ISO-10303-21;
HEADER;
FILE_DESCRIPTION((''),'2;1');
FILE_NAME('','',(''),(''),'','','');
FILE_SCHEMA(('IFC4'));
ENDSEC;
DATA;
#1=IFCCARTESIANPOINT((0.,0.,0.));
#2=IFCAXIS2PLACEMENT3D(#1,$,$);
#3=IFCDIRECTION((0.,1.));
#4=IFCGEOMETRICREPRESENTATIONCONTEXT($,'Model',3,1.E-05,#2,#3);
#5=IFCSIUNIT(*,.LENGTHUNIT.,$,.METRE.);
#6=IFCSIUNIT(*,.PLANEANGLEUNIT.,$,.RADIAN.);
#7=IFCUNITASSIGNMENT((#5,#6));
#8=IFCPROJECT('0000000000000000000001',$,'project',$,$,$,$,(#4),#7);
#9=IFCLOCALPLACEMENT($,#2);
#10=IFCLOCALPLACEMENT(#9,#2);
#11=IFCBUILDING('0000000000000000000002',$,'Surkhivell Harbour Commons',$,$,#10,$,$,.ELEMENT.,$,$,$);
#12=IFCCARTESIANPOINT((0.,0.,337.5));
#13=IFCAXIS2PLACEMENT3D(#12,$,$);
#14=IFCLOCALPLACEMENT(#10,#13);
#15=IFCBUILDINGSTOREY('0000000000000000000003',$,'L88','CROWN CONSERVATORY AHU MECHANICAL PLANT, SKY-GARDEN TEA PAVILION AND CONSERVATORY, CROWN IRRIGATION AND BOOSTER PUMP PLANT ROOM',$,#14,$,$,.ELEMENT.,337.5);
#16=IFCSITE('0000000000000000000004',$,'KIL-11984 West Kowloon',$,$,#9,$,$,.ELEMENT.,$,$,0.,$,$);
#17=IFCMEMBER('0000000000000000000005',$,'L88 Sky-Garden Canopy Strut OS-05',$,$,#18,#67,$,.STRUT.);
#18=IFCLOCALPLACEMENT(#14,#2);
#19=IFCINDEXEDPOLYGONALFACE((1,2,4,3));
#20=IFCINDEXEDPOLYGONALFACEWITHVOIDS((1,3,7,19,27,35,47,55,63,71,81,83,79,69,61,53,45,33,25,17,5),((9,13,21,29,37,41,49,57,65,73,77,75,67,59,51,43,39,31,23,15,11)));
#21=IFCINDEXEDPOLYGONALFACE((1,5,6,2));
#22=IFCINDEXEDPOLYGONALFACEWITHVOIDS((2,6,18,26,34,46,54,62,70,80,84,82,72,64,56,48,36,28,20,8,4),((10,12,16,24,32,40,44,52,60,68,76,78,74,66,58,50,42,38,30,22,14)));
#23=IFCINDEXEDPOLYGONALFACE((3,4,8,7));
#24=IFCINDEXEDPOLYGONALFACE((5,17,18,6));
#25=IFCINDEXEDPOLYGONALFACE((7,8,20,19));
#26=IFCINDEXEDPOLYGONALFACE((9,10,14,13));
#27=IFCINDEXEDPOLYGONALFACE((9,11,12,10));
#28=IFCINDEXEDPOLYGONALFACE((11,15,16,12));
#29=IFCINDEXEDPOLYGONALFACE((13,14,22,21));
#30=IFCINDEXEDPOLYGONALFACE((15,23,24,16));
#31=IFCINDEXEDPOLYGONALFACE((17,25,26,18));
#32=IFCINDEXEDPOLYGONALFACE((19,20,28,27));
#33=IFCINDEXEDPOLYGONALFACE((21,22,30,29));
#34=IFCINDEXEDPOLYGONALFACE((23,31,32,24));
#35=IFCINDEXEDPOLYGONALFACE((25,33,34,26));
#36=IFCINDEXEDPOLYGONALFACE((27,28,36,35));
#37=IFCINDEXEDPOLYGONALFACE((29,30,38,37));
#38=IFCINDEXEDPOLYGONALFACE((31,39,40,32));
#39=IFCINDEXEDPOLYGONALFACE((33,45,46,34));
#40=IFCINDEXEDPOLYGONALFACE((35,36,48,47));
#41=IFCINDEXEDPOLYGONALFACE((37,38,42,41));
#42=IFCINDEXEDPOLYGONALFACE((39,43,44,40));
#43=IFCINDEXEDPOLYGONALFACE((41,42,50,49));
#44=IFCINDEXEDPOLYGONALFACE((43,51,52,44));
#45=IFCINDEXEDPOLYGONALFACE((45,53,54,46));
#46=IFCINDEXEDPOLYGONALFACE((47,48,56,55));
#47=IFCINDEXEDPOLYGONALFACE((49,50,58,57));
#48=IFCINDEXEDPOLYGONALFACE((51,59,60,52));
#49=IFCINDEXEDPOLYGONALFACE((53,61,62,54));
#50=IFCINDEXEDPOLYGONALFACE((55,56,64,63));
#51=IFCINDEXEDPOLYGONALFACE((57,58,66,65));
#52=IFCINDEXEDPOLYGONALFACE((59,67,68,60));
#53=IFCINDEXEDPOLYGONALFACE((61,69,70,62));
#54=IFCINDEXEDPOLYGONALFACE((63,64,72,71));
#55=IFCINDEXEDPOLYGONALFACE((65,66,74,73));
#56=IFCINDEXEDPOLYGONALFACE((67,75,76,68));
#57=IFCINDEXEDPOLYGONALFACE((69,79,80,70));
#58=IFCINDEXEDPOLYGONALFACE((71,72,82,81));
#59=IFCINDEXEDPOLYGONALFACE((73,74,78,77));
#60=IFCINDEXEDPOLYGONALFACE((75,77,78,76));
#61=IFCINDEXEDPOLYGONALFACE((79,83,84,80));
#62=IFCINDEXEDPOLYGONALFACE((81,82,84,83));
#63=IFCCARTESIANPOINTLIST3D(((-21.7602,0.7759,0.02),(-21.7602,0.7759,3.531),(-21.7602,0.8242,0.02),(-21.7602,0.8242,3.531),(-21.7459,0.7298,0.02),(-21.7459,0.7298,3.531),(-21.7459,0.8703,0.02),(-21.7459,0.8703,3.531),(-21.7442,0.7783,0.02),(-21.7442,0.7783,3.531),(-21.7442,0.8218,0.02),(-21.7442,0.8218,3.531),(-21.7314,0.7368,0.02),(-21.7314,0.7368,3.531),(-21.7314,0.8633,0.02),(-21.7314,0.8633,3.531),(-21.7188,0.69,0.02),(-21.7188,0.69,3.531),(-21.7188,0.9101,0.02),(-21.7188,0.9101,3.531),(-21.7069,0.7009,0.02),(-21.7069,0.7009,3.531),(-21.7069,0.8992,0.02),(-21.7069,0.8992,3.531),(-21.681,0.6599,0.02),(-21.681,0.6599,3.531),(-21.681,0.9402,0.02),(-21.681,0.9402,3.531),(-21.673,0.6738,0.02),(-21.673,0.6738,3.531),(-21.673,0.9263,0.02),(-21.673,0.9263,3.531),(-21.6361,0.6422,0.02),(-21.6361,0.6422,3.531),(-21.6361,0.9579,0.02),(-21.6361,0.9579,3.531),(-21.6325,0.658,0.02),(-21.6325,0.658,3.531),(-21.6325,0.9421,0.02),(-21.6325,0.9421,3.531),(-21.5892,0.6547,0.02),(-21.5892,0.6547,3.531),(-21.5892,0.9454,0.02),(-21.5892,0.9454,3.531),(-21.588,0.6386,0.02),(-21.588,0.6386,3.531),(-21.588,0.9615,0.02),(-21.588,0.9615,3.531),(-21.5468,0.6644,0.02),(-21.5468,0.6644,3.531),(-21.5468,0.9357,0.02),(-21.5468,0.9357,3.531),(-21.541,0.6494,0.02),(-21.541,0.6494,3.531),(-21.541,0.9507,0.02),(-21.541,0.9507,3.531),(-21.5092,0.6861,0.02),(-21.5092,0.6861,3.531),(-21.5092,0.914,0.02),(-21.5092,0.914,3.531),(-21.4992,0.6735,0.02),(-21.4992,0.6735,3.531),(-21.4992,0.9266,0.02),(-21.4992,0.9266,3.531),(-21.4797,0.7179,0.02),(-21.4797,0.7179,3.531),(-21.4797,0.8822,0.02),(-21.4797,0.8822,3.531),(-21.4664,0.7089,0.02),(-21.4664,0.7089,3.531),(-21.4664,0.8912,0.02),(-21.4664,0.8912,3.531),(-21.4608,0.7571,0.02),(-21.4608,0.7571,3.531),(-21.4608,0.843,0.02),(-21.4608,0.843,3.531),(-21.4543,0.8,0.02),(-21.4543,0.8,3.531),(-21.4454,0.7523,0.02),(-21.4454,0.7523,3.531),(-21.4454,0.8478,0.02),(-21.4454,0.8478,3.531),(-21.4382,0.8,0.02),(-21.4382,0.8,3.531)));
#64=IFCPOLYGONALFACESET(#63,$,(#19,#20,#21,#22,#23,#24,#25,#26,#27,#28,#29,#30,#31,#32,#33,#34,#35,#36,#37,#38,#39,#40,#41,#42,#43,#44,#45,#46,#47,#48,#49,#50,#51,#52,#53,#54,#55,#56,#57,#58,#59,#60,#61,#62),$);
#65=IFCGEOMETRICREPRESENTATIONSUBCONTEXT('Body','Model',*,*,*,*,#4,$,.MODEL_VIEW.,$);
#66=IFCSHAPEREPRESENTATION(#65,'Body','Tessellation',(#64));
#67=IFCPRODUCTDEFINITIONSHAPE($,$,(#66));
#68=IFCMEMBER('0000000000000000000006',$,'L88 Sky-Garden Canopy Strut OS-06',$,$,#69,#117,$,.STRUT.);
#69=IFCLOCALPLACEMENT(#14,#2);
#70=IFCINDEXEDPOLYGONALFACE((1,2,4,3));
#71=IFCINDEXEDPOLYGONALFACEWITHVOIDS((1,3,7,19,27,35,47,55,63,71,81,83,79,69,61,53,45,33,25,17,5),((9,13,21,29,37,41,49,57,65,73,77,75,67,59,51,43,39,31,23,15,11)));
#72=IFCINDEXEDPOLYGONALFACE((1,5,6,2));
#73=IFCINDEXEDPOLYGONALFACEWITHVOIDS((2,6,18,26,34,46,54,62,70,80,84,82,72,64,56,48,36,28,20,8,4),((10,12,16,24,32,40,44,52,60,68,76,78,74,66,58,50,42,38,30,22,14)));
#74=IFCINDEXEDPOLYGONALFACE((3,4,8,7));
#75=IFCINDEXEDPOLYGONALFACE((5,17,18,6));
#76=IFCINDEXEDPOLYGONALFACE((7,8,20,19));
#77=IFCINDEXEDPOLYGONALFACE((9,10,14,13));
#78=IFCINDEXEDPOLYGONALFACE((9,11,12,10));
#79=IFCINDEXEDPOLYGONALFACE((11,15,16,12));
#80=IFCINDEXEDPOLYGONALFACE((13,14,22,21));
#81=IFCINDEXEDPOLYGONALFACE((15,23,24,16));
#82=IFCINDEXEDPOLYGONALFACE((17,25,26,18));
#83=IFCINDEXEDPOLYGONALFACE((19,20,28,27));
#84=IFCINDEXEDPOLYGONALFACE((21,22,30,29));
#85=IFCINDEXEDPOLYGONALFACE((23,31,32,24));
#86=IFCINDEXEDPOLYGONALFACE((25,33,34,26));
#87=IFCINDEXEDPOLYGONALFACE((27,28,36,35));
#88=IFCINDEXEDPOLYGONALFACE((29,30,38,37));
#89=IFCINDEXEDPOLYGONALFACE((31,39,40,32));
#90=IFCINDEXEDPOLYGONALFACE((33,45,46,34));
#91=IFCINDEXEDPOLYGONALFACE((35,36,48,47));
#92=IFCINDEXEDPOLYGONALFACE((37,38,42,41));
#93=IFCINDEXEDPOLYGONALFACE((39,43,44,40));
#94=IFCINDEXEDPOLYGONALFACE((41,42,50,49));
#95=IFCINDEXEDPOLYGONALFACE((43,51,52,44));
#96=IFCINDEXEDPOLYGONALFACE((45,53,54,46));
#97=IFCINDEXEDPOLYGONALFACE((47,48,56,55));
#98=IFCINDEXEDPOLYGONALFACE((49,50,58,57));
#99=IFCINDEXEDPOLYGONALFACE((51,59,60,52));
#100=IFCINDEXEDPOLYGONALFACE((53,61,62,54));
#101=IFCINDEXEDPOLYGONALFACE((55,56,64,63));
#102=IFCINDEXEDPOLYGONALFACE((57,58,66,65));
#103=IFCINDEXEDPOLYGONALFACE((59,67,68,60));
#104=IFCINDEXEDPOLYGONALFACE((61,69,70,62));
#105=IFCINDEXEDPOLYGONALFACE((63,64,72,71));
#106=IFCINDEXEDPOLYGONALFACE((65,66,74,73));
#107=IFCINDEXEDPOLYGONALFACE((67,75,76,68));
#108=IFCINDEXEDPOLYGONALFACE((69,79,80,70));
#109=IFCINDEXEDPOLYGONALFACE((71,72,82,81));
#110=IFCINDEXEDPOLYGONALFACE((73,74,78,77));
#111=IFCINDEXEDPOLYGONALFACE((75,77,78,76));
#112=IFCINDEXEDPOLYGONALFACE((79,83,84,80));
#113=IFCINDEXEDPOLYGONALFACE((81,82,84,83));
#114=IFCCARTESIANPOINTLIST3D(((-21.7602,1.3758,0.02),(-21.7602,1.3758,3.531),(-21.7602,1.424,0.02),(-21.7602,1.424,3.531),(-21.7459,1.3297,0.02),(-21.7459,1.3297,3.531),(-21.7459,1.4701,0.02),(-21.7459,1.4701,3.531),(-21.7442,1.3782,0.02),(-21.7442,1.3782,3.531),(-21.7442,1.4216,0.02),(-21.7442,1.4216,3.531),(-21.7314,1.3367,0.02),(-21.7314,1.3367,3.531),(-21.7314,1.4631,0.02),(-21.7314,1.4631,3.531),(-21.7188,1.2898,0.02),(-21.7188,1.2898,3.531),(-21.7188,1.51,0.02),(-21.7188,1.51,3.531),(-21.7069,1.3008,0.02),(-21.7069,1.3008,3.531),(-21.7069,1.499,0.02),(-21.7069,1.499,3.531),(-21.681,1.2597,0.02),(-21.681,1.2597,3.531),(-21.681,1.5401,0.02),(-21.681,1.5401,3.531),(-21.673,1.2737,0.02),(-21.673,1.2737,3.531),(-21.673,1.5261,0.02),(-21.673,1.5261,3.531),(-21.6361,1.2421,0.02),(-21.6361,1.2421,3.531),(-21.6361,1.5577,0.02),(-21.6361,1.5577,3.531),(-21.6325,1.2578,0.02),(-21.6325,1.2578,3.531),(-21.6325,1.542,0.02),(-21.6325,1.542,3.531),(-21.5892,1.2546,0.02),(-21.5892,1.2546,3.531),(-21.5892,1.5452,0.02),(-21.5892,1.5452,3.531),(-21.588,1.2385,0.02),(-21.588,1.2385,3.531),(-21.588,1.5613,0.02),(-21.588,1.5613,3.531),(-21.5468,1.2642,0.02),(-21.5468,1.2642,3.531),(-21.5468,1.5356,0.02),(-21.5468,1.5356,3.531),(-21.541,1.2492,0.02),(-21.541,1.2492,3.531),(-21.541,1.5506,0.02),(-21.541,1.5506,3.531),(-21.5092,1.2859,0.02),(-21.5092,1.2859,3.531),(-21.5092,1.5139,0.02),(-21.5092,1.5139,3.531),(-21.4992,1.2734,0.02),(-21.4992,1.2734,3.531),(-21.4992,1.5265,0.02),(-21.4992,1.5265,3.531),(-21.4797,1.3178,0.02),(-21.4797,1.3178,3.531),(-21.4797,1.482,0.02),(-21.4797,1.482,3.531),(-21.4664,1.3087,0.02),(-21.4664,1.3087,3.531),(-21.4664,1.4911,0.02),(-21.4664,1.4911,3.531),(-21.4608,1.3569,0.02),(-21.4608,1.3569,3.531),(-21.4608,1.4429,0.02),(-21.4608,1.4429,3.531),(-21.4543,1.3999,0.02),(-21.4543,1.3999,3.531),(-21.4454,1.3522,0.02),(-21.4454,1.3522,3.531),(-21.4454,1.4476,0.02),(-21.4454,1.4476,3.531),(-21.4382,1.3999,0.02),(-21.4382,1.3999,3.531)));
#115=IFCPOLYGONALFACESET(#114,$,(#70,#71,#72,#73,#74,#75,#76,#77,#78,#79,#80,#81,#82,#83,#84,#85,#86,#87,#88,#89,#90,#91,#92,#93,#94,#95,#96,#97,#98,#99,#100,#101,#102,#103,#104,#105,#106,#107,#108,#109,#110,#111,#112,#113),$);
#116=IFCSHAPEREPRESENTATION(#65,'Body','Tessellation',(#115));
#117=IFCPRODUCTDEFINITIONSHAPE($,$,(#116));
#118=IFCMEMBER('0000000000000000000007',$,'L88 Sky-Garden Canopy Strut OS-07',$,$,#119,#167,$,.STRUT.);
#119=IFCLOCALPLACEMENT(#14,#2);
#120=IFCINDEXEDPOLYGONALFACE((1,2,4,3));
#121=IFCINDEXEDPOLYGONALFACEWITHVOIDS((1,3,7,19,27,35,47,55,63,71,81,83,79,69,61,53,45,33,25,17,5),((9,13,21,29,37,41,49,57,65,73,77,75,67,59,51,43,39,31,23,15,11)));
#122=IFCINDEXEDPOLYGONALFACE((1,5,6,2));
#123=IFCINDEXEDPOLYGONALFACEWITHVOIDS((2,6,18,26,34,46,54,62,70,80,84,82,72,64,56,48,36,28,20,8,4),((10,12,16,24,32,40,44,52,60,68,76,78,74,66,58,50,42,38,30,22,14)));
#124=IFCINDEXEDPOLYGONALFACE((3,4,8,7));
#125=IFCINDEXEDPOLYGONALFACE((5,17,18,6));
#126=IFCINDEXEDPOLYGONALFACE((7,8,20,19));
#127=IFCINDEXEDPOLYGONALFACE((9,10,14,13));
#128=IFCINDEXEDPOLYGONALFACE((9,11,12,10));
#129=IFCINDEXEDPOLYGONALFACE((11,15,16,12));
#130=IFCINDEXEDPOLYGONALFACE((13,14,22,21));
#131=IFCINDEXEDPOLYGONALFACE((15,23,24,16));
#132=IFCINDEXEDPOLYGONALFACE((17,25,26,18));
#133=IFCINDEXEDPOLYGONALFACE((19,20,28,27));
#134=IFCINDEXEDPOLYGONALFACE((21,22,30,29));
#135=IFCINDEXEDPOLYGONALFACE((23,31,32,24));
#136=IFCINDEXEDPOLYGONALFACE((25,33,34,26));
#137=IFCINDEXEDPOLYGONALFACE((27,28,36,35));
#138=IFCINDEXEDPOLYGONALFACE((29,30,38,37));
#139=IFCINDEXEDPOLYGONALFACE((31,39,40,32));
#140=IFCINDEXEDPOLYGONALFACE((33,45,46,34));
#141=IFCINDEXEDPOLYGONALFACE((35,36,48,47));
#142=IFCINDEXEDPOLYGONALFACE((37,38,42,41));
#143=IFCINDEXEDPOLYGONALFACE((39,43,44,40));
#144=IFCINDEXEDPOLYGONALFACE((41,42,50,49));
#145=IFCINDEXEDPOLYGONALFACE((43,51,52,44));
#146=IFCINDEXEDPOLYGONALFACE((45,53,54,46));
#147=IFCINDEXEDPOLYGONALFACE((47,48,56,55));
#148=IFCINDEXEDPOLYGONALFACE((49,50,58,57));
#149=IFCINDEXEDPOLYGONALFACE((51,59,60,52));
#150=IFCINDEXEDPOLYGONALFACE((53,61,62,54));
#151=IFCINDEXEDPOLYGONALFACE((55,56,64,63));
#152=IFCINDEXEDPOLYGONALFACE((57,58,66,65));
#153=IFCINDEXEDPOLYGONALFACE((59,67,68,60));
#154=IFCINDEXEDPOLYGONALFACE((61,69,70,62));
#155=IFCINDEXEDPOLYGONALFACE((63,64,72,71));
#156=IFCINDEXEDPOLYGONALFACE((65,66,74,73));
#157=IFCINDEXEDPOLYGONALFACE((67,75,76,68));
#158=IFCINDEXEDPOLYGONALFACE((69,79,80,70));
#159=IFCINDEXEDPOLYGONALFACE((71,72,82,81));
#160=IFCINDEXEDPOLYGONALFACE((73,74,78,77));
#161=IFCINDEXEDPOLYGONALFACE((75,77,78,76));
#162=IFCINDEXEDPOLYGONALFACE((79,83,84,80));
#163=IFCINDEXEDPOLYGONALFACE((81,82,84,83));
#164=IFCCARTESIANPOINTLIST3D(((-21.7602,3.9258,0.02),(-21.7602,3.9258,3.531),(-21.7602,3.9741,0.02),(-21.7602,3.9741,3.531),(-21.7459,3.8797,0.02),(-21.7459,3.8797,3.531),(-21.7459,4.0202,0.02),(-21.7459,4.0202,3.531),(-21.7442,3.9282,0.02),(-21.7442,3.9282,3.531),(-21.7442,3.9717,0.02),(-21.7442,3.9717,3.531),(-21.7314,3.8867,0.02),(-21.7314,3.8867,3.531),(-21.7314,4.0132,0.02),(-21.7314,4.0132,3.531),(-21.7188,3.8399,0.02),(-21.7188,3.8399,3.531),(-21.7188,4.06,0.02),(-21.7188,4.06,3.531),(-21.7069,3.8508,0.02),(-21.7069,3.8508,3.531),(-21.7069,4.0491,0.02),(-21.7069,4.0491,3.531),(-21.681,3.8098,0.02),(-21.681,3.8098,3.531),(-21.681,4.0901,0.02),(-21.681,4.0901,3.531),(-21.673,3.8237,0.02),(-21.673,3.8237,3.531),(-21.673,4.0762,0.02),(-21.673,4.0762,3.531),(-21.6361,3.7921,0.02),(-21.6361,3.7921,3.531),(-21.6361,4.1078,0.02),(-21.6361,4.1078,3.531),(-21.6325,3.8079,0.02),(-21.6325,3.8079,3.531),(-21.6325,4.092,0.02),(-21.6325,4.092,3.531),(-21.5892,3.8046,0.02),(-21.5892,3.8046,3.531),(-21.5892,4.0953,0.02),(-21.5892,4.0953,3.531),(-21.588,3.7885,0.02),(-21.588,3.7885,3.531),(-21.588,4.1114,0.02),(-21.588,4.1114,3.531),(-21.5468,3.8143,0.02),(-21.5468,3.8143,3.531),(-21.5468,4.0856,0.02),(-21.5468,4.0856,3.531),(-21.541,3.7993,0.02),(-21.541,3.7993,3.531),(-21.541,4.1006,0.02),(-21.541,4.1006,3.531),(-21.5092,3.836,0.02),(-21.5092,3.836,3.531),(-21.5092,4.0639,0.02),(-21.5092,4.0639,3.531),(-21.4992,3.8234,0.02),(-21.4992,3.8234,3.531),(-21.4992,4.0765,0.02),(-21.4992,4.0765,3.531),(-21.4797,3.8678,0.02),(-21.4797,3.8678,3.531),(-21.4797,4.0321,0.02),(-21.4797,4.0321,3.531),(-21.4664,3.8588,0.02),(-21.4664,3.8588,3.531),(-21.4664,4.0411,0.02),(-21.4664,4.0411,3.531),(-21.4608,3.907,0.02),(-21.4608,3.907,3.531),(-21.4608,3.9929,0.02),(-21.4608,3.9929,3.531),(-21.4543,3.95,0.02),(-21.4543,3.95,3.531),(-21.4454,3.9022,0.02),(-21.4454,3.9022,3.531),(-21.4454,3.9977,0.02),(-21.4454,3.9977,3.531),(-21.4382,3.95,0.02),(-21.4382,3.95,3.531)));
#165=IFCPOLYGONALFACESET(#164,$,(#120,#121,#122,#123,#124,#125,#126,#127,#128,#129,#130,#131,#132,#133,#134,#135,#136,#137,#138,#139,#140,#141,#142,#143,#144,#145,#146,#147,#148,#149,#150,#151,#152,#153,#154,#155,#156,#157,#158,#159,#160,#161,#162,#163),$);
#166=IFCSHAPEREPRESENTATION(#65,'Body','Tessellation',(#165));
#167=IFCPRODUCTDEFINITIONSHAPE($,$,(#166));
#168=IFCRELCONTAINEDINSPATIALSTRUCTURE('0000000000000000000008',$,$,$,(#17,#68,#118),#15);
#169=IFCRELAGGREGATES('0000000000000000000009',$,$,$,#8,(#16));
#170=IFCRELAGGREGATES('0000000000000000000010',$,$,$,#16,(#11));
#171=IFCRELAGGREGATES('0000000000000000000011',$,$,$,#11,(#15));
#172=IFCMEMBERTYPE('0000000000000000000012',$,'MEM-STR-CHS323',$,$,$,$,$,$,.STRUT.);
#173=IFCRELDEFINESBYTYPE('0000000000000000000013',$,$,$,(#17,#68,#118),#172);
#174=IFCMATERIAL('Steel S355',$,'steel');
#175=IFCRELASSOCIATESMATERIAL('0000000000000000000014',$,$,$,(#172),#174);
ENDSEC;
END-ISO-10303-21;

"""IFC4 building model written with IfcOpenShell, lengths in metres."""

from ifc_helpers import new_model, si_unit, direction, frame, origin, origin_2d, place, context, subcontext, project, spatial, hollow_circle, extrude, material, material_profile, profile_set, type_object, element, save


model = new_model("IFC4")

# Units and contexts
model_context = context("Model", 3, precision=1e-05, world=origin(), true_north=direction((0.0, 1.0)))
body_context = subcontext(model_context, "Body", "Model", "MODEL_VIEW")
ifc_project = project(units=[si_unit("LENGTHUNIT", "METRE"), si_unit("PLANEANGLEUNIT", "RADIAN")], contexts=[model_context])

# Site, building, storey
site_placement = place(None, origin())
site = spatial("IfcSite", under=ifc_project, at=site_placement, Name="KIL-11984 West Kowloon", CompositionType="ELEMENT", RefElevation=0.0)
building_placement = place(site_placement, origin())
building = spatial("IfcBuilding", under=site, at=building_placement, Name="Surkhivell Harbour Commons", CompositionType="ELEMENT")
storey_placement = place(building_placement, frame((0.0, 0.0, 337.5)))
storey = spatial("IfcBuildingStorey", under=building, at=storey_placement, Name="L88", Description="CROWN CONSERVATORY AHU MECHANICAL PLANT, SKY-GARDEN TEA PAVILION AND CONSERVATORY, CROWN IRRIGATION AND BOOSTER PUMP PLANT ROOM", CompositionType="ELEMENT", Elevation=337.5)

# Shared definitions
ifc_material_1 = material(Name="Steel S355", Category="steel")

# Members
ifc_material_profile_1 = material_profile(ifc_material_1, hollow_circle(Radius=0.1619, WallThickness=0.0161, at=origin_2d()), Name="CHS323x16")
ifc_profile_set_1 = profile_set([ifc_material_profile_1], Name="Steel S355")
member_type_1 = type_object("IfcMemberType", Name="MEM-STR-CHS323", PredefinedType="STRUT", material=ifc_profile_set_1)
for number, where, z_axis, x_axis, name in (
    (1, (-21.6001, 0.8, 0.02), (0.0, 0.0, 1.0), (1.0, 0.0, 0.0), "L88 Sky-Garden Canopy Strut OS-05"),
    (2, (-21.6001, 1.3999, 0.02), (0.0, 0.0, 1.0), (1.0, 0.0, 0.0), "L88 Sky-Garden Canopy Strut OS-06"),
    (3, (-21.6001, 3.95, 0.02), (0.0, 0.0, 1.0), (1.0, 0.0, 0.0), "L88 Sky-Garden Canopy Strut OS-07"),
):
    element("IfcMember", number, at=place(storey_placement, frame(where, z_axis=z_axis, x_axis=x_axis)), inside=storey, type_object=member_type_1, Name=name, PredefinedType="STRUT", context=body_context, shape_type="SweptSolid", body=[
        extrude(hollow_circle(Radius=0.1619, WallThickness=0.0161, at=origin_2d()), origin(), (0.0, 0.0, 1.0), 3.511),
    ])

save(model, "model.ifc")
